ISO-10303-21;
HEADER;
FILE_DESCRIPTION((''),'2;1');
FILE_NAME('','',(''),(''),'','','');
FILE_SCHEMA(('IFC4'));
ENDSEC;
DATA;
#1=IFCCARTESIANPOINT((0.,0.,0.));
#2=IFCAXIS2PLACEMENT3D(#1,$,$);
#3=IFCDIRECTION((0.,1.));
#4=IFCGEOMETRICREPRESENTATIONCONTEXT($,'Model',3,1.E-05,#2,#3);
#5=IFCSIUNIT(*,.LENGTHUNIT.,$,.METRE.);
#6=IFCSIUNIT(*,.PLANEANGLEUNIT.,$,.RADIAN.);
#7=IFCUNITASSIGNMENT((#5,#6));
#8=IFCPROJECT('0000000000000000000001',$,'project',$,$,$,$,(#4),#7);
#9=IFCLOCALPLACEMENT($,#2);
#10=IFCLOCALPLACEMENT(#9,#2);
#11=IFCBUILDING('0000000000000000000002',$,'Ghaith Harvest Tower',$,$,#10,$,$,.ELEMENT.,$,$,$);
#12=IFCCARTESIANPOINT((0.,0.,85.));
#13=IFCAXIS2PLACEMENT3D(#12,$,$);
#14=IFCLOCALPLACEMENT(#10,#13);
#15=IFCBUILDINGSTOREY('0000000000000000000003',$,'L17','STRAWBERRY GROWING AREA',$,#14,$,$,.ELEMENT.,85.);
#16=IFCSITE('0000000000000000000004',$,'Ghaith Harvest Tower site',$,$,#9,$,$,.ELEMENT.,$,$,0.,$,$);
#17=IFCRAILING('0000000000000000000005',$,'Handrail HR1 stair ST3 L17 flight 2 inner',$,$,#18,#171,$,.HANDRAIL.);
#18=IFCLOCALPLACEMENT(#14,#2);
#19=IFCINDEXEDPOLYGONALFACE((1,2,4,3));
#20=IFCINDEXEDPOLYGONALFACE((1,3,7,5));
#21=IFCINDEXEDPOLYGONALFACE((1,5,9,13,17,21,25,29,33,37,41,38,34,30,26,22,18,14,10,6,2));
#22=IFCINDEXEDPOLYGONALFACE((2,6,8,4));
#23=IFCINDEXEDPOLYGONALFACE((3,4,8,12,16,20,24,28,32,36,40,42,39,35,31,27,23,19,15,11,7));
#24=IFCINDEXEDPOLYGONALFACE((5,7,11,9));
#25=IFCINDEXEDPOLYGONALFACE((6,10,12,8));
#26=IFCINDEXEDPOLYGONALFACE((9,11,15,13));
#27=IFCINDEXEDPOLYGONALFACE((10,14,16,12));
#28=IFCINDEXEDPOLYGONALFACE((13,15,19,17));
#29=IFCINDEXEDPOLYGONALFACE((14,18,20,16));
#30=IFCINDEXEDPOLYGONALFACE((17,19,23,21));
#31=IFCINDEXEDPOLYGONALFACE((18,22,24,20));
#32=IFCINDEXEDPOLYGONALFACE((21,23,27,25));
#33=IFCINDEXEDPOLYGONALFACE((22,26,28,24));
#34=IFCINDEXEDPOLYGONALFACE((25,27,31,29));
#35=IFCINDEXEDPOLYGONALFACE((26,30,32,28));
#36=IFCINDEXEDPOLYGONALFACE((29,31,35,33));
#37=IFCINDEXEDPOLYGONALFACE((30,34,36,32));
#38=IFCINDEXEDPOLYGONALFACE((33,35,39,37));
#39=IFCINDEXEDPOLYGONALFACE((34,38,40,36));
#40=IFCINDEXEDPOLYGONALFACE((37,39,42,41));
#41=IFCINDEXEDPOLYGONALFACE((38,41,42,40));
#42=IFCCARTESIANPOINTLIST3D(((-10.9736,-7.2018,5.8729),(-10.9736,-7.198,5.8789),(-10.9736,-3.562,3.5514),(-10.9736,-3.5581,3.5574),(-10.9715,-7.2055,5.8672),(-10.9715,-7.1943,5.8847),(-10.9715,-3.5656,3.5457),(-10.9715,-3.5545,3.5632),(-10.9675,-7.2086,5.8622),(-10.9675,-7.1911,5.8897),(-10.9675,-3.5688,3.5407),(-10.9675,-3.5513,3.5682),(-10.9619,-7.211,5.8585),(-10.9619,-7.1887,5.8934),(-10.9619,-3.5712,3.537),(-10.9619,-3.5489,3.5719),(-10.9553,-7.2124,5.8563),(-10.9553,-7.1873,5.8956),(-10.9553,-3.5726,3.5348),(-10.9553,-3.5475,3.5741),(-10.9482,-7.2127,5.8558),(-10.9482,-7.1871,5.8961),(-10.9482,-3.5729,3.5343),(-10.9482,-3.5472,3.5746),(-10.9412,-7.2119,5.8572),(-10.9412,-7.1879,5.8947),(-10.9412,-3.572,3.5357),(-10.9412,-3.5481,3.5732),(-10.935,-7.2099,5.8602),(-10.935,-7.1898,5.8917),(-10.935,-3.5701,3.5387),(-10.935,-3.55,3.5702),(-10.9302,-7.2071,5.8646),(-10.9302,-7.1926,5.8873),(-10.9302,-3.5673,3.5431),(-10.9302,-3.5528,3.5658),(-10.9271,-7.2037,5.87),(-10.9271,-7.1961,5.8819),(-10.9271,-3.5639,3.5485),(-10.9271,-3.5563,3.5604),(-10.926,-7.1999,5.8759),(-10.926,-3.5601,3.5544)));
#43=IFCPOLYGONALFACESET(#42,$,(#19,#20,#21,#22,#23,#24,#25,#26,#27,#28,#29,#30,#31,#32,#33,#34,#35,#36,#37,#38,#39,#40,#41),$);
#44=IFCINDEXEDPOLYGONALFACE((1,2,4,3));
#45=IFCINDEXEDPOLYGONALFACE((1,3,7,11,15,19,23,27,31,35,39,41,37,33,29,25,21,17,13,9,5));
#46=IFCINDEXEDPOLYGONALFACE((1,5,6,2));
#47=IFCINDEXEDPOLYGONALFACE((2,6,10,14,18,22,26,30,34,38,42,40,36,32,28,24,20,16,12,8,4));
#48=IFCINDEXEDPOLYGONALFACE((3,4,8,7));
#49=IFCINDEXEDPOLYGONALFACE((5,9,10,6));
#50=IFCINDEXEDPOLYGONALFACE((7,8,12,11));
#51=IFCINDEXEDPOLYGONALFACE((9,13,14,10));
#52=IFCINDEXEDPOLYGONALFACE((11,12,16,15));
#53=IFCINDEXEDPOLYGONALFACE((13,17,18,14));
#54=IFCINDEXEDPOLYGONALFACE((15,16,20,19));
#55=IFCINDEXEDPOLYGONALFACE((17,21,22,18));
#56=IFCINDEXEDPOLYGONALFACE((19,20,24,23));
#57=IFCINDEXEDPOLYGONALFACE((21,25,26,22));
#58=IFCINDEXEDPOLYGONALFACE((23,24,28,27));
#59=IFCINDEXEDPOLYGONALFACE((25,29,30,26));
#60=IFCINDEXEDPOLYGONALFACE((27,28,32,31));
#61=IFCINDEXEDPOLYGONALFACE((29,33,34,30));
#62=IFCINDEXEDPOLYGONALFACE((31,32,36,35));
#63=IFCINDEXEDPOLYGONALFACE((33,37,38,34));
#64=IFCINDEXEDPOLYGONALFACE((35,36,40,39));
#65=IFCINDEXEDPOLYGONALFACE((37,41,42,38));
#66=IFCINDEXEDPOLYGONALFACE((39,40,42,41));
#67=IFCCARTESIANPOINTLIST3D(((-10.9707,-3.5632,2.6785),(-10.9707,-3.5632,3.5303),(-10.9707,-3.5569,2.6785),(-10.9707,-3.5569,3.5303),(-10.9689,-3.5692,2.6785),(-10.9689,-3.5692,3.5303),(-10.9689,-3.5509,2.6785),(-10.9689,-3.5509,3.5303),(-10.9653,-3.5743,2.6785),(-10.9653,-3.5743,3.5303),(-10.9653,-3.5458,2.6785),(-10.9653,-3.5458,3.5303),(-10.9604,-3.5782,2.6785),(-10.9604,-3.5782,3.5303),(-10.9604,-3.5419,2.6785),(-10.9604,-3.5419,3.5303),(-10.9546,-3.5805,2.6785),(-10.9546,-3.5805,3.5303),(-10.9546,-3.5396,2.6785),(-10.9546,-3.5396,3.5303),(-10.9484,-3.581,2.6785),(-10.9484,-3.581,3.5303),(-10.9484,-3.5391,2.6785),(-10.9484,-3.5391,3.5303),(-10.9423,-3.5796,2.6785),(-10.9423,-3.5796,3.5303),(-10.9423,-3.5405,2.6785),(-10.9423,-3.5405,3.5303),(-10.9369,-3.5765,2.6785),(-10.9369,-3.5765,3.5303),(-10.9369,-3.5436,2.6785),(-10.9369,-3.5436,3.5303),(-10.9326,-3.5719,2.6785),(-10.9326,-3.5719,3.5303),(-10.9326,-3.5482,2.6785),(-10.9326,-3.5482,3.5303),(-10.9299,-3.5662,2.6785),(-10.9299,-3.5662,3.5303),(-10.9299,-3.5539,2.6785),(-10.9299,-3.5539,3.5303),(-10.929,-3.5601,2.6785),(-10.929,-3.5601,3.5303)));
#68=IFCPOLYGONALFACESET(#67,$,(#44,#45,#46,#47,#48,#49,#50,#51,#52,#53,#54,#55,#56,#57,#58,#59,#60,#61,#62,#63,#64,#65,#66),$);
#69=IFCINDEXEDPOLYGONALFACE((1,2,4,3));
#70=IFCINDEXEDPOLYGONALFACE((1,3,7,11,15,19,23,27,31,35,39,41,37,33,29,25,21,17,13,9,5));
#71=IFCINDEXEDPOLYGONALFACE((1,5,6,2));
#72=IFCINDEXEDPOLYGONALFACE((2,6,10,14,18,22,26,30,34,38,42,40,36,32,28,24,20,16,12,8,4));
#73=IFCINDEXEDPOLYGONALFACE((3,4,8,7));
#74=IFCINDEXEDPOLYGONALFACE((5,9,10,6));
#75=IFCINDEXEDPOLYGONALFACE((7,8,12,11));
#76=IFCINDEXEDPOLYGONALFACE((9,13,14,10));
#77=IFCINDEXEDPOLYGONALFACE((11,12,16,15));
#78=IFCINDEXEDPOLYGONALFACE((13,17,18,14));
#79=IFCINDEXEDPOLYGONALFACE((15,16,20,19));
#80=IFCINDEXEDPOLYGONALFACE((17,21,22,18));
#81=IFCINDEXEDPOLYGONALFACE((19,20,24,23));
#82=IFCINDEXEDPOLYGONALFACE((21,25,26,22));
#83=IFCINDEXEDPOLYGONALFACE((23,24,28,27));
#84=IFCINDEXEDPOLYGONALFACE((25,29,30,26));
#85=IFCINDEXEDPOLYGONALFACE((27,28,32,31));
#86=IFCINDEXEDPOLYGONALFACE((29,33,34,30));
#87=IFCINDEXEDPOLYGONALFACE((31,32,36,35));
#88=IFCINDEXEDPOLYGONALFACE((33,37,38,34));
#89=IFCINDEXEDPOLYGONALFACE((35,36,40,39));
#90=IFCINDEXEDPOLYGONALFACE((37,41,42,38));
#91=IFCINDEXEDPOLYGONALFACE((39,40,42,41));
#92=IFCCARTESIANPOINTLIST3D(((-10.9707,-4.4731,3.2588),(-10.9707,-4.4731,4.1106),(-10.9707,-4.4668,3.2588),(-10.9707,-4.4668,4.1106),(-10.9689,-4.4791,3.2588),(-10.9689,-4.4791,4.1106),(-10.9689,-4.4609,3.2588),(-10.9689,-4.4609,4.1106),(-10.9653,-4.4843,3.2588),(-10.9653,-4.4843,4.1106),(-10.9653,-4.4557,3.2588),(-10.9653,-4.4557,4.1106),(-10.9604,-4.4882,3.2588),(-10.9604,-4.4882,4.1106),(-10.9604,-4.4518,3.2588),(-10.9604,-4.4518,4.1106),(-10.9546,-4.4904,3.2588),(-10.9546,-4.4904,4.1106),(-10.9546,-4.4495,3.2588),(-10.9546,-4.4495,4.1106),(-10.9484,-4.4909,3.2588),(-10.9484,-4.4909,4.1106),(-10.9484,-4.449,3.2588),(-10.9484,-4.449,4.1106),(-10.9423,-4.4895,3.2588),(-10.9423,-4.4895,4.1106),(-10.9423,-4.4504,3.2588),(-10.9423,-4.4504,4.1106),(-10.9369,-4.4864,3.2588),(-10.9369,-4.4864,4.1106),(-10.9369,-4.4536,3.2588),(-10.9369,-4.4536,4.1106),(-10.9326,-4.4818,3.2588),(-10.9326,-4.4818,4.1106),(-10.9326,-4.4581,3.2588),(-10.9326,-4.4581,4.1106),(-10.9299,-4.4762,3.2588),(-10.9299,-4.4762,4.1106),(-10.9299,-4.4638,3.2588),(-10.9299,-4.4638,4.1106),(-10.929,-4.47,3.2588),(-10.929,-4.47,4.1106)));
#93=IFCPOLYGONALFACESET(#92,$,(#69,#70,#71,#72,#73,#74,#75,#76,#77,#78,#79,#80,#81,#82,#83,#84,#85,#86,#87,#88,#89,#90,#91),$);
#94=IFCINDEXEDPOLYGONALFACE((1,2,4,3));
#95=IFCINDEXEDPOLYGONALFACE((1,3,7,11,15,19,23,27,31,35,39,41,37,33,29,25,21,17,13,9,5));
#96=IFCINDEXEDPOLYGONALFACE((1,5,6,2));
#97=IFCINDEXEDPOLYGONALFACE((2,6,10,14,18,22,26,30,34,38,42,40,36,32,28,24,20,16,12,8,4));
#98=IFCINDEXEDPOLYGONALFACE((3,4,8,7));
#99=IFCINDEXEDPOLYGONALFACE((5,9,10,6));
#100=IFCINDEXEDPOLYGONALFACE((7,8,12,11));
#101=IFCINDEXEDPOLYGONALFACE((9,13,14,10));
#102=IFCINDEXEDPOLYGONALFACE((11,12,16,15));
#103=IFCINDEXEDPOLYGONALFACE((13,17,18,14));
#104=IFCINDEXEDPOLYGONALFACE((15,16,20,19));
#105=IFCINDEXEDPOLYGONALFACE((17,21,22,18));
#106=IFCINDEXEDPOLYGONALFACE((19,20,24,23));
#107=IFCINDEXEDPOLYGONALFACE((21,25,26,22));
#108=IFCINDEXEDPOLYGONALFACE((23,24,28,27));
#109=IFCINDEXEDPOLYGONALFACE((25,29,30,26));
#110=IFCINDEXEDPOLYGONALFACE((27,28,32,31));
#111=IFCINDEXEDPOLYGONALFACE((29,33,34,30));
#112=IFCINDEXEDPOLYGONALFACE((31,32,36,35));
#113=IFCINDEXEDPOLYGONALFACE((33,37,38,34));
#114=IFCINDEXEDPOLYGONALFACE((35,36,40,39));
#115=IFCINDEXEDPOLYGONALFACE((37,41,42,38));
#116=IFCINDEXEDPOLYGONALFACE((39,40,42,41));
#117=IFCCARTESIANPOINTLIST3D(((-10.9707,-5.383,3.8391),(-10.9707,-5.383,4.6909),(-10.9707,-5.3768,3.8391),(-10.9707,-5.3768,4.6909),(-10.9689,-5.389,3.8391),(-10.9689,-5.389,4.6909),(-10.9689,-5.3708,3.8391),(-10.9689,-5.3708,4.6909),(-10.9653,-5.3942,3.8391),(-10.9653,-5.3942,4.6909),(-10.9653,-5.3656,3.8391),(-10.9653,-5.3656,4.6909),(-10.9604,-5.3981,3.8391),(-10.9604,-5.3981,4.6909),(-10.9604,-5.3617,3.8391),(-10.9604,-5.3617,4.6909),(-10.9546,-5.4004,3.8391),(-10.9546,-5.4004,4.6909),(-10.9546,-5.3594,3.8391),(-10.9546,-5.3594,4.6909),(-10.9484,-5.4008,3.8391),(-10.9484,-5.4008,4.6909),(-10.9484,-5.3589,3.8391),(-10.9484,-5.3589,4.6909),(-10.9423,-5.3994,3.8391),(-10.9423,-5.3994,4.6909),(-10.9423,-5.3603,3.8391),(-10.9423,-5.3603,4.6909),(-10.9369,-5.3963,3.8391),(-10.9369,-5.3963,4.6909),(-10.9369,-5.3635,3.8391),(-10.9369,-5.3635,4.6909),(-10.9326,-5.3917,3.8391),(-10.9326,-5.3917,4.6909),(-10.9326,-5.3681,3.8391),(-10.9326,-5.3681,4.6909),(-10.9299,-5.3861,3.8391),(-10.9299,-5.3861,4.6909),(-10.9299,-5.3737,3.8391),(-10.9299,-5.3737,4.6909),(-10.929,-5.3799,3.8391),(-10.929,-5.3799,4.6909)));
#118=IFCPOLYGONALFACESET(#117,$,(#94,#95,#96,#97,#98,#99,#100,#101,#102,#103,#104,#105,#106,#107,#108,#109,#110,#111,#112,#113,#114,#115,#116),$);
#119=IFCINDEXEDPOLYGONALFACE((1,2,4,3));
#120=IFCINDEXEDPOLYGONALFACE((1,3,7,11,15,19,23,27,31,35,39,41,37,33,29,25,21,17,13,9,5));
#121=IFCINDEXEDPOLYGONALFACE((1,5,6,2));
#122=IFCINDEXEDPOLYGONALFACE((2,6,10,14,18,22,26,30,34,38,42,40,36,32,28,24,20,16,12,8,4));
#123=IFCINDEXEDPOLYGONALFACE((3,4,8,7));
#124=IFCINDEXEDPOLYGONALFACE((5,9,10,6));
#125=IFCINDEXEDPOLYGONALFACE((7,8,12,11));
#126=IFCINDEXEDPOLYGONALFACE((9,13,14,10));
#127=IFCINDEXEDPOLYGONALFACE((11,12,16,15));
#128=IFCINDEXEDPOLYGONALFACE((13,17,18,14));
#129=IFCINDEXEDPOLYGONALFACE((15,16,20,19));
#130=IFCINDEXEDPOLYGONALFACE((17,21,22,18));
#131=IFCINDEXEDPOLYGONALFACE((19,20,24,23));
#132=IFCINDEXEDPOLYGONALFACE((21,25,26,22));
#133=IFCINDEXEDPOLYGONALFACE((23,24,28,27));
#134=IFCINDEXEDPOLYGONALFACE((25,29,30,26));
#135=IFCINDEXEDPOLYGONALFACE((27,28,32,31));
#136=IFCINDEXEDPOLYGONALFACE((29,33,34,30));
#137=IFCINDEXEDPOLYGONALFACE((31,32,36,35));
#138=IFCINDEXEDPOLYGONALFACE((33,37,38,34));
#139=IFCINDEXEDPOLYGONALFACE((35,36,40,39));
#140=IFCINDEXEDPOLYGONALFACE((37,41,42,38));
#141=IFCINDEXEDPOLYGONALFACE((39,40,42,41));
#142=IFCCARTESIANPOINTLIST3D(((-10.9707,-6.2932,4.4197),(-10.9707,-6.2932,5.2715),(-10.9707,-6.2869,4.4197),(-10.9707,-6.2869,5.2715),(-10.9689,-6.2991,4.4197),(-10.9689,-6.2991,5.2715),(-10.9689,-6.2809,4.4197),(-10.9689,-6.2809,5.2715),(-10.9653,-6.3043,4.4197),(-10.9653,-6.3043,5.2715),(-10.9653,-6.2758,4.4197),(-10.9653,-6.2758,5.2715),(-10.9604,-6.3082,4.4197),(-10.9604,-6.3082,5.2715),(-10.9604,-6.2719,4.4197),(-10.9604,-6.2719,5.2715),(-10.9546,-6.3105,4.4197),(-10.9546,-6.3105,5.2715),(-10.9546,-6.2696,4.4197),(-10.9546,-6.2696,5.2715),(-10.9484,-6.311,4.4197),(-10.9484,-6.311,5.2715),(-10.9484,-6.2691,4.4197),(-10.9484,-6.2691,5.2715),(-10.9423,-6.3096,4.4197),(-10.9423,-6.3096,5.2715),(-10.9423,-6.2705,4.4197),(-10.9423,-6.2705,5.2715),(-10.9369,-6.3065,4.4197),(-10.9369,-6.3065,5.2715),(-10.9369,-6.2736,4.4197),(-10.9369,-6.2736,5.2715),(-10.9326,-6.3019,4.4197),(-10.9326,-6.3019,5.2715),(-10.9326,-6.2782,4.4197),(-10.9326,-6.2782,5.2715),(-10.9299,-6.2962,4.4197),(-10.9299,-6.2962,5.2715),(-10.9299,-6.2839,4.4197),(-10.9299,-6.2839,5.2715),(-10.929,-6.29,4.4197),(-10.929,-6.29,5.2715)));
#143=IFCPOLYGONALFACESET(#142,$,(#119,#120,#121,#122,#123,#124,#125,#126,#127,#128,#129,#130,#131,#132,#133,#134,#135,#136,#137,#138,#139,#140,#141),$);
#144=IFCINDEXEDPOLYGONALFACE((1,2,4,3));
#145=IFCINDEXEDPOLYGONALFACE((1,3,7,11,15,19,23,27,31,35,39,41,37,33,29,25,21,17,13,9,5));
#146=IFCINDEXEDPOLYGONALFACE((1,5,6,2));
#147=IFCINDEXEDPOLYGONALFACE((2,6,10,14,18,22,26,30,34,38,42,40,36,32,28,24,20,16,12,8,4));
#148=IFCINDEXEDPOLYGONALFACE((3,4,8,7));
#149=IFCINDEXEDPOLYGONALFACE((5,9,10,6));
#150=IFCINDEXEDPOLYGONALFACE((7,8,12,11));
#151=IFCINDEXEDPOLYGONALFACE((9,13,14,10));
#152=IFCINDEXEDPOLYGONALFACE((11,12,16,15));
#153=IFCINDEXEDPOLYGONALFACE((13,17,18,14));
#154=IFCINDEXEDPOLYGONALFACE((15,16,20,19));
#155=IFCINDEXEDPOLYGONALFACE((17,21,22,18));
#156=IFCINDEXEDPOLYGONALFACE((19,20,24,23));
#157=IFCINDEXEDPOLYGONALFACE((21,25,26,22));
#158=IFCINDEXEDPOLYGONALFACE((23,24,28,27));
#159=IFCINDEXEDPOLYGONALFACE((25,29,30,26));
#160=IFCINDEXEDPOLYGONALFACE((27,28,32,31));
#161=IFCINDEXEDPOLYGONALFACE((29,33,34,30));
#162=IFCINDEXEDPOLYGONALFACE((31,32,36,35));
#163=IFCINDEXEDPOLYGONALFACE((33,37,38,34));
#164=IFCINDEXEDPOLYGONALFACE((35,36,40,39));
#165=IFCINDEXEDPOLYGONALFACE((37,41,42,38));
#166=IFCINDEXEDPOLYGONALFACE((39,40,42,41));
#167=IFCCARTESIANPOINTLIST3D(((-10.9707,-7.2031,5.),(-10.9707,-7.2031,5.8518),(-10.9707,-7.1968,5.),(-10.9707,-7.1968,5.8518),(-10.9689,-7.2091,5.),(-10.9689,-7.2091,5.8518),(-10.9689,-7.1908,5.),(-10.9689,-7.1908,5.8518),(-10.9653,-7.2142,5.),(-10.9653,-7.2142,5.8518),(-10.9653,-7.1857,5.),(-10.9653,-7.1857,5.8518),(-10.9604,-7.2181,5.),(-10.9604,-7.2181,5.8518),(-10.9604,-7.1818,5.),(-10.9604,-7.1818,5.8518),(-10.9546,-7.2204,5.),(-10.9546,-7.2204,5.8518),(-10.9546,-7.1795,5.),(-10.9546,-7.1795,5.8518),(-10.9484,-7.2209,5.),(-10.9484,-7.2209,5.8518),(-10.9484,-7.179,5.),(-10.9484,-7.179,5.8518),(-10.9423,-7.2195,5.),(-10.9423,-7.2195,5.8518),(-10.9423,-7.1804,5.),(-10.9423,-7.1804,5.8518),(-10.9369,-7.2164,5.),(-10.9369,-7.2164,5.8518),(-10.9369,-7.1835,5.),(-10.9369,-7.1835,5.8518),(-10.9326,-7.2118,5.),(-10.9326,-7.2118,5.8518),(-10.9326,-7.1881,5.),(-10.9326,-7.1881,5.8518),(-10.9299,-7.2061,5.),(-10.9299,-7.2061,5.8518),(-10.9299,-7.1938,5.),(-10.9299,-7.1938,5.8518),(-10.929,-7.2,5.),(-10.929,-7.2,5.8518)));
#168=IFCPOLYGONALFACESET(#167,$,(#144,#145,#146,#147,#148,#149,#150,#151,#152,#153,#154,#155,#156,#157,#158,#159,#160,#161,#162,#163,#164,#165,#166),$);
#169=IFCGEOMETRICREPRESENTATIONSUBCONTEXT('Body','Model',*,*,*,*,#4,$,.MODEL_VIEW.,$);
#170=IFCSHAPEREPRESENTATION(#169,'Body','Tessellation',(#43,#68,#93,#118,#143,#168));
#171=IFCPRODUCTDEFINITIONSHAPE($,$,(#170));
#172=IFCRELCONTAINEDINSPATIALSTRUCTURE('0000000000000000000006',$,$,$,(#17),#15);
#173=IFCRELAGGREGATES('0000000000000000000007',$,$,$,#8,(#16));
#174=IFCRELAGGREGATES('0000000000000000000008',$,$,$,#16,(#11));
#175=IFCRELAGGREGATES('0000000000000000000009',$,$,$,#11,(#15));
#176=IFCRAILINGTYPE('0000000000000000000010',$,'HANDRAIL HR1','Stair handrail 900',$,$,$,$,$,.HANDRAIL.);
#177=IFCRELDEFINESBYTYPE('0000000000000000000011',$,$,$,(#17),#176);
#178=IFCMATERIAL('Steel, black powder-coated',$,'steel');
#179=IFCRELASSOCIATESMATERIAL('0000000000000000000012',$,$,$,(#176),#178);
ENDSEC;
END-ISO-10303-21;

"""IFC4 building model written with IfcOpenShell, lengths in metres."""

from ifc_helpers import new_model, si_unit, direction, frame, origin, origin_2d, place, context, subcontext, project, spatial, circle, extrude, material, type_object, element, save


model = new_model("IFC4")

# Units and contexts
model_context = context("Model", 3, precision=1e-05, world=origin(), true_north=direction((0.0, 1.0)))
body_context = subcontext(model_context, "Body", "Model", "MODEL_VIEW")
ifc_project = project(units=[si_unit("LENGTHUNIT", "METRE"), si_unit("PLANEANGLEUNIT", "RADIAN")], contexts=[model_context])

# Site, building, storey
site_placement = place(None, origin())
site = spatial("IfcSite", under=ifc_project, at=site_placement, Name="Ghaith Harvest Tower site", CompositionType="ELEMENT", RefElevation=0.0)
building_placement = place(site_placement, origin())
building = spatial("IfcBuilding", under=site, at=building_placement, Name="Ghaith Harvest Tower", CompositionType="ELEMENT")
storey_placement = place(building_placement, frame((0.0, 0.0, 85.0)))
storey = spatial("IfcBuildingStorey", under=building, at=storey_placement, Name="L17", Description="STRAWBERRY GROWING AREA", CompositionType="ELEMENT", Elevation=85.0)

# Railing
ifc_material_1 = material(Name="Steel, black powder-coated", Category="steel")
railing_type = type_object("IfcRailingType", Name="HANDRAIL HR1", Description="Stair handrail 900", PredefinedType="HANDRAIL", material=ifc_material_1)
railing_1_placement = place(storey_placement, frame((-10.95, -3.5601, 2.6785)))
element("IfcRailing", 1, at=railing_1_placement, inside=storey, type_object=railing_type, Name="Handrail HR1 stair ST3 L17 flight 2 inner", PredefinedType="HANDRAIL", context=body_context, shape_type="SweptSolid", body=[
    extrude(circle(Radius=0.0239, at=origin_2d()), frame((0.0, 0.0, 0.876), z_axis=(0.0, -0.843112, 0.537739), x_axis=(1.0, 0.0, 0.0)), (0.0, 0.0, 1.0), 4.3171),
    extrude(circle(Radius=0.021, at=origin_2d()), origin(), (0.0, 0.0, 1.0), 0.8518),
    extrude(circle(Radius=0.021, at=origin_2d()), frame((0.0, -0.9099, 0.5803)), (0.0, 0.0, 1.0), 0.8518),
    extrude(circle(Radius=0.021, at=origin_2d()), frame((0.0, -1.8198, 1.1606)), (0.0, 0.0, 1.0), 0.8518),
    extrude(circle(Radius=0.021, at=origin_2d()), frame((0.0, -2.73, 1.7412)), (0.0, 0.0, 1.0), 0.8518),
    extrude(circle(Radius=0.021, at=origin_2d()), frame((0.0, -3.6399, 2.3215)), (0.0, 0.0, 1.0), 0.8518),
])

save(model, "model.ifc")
